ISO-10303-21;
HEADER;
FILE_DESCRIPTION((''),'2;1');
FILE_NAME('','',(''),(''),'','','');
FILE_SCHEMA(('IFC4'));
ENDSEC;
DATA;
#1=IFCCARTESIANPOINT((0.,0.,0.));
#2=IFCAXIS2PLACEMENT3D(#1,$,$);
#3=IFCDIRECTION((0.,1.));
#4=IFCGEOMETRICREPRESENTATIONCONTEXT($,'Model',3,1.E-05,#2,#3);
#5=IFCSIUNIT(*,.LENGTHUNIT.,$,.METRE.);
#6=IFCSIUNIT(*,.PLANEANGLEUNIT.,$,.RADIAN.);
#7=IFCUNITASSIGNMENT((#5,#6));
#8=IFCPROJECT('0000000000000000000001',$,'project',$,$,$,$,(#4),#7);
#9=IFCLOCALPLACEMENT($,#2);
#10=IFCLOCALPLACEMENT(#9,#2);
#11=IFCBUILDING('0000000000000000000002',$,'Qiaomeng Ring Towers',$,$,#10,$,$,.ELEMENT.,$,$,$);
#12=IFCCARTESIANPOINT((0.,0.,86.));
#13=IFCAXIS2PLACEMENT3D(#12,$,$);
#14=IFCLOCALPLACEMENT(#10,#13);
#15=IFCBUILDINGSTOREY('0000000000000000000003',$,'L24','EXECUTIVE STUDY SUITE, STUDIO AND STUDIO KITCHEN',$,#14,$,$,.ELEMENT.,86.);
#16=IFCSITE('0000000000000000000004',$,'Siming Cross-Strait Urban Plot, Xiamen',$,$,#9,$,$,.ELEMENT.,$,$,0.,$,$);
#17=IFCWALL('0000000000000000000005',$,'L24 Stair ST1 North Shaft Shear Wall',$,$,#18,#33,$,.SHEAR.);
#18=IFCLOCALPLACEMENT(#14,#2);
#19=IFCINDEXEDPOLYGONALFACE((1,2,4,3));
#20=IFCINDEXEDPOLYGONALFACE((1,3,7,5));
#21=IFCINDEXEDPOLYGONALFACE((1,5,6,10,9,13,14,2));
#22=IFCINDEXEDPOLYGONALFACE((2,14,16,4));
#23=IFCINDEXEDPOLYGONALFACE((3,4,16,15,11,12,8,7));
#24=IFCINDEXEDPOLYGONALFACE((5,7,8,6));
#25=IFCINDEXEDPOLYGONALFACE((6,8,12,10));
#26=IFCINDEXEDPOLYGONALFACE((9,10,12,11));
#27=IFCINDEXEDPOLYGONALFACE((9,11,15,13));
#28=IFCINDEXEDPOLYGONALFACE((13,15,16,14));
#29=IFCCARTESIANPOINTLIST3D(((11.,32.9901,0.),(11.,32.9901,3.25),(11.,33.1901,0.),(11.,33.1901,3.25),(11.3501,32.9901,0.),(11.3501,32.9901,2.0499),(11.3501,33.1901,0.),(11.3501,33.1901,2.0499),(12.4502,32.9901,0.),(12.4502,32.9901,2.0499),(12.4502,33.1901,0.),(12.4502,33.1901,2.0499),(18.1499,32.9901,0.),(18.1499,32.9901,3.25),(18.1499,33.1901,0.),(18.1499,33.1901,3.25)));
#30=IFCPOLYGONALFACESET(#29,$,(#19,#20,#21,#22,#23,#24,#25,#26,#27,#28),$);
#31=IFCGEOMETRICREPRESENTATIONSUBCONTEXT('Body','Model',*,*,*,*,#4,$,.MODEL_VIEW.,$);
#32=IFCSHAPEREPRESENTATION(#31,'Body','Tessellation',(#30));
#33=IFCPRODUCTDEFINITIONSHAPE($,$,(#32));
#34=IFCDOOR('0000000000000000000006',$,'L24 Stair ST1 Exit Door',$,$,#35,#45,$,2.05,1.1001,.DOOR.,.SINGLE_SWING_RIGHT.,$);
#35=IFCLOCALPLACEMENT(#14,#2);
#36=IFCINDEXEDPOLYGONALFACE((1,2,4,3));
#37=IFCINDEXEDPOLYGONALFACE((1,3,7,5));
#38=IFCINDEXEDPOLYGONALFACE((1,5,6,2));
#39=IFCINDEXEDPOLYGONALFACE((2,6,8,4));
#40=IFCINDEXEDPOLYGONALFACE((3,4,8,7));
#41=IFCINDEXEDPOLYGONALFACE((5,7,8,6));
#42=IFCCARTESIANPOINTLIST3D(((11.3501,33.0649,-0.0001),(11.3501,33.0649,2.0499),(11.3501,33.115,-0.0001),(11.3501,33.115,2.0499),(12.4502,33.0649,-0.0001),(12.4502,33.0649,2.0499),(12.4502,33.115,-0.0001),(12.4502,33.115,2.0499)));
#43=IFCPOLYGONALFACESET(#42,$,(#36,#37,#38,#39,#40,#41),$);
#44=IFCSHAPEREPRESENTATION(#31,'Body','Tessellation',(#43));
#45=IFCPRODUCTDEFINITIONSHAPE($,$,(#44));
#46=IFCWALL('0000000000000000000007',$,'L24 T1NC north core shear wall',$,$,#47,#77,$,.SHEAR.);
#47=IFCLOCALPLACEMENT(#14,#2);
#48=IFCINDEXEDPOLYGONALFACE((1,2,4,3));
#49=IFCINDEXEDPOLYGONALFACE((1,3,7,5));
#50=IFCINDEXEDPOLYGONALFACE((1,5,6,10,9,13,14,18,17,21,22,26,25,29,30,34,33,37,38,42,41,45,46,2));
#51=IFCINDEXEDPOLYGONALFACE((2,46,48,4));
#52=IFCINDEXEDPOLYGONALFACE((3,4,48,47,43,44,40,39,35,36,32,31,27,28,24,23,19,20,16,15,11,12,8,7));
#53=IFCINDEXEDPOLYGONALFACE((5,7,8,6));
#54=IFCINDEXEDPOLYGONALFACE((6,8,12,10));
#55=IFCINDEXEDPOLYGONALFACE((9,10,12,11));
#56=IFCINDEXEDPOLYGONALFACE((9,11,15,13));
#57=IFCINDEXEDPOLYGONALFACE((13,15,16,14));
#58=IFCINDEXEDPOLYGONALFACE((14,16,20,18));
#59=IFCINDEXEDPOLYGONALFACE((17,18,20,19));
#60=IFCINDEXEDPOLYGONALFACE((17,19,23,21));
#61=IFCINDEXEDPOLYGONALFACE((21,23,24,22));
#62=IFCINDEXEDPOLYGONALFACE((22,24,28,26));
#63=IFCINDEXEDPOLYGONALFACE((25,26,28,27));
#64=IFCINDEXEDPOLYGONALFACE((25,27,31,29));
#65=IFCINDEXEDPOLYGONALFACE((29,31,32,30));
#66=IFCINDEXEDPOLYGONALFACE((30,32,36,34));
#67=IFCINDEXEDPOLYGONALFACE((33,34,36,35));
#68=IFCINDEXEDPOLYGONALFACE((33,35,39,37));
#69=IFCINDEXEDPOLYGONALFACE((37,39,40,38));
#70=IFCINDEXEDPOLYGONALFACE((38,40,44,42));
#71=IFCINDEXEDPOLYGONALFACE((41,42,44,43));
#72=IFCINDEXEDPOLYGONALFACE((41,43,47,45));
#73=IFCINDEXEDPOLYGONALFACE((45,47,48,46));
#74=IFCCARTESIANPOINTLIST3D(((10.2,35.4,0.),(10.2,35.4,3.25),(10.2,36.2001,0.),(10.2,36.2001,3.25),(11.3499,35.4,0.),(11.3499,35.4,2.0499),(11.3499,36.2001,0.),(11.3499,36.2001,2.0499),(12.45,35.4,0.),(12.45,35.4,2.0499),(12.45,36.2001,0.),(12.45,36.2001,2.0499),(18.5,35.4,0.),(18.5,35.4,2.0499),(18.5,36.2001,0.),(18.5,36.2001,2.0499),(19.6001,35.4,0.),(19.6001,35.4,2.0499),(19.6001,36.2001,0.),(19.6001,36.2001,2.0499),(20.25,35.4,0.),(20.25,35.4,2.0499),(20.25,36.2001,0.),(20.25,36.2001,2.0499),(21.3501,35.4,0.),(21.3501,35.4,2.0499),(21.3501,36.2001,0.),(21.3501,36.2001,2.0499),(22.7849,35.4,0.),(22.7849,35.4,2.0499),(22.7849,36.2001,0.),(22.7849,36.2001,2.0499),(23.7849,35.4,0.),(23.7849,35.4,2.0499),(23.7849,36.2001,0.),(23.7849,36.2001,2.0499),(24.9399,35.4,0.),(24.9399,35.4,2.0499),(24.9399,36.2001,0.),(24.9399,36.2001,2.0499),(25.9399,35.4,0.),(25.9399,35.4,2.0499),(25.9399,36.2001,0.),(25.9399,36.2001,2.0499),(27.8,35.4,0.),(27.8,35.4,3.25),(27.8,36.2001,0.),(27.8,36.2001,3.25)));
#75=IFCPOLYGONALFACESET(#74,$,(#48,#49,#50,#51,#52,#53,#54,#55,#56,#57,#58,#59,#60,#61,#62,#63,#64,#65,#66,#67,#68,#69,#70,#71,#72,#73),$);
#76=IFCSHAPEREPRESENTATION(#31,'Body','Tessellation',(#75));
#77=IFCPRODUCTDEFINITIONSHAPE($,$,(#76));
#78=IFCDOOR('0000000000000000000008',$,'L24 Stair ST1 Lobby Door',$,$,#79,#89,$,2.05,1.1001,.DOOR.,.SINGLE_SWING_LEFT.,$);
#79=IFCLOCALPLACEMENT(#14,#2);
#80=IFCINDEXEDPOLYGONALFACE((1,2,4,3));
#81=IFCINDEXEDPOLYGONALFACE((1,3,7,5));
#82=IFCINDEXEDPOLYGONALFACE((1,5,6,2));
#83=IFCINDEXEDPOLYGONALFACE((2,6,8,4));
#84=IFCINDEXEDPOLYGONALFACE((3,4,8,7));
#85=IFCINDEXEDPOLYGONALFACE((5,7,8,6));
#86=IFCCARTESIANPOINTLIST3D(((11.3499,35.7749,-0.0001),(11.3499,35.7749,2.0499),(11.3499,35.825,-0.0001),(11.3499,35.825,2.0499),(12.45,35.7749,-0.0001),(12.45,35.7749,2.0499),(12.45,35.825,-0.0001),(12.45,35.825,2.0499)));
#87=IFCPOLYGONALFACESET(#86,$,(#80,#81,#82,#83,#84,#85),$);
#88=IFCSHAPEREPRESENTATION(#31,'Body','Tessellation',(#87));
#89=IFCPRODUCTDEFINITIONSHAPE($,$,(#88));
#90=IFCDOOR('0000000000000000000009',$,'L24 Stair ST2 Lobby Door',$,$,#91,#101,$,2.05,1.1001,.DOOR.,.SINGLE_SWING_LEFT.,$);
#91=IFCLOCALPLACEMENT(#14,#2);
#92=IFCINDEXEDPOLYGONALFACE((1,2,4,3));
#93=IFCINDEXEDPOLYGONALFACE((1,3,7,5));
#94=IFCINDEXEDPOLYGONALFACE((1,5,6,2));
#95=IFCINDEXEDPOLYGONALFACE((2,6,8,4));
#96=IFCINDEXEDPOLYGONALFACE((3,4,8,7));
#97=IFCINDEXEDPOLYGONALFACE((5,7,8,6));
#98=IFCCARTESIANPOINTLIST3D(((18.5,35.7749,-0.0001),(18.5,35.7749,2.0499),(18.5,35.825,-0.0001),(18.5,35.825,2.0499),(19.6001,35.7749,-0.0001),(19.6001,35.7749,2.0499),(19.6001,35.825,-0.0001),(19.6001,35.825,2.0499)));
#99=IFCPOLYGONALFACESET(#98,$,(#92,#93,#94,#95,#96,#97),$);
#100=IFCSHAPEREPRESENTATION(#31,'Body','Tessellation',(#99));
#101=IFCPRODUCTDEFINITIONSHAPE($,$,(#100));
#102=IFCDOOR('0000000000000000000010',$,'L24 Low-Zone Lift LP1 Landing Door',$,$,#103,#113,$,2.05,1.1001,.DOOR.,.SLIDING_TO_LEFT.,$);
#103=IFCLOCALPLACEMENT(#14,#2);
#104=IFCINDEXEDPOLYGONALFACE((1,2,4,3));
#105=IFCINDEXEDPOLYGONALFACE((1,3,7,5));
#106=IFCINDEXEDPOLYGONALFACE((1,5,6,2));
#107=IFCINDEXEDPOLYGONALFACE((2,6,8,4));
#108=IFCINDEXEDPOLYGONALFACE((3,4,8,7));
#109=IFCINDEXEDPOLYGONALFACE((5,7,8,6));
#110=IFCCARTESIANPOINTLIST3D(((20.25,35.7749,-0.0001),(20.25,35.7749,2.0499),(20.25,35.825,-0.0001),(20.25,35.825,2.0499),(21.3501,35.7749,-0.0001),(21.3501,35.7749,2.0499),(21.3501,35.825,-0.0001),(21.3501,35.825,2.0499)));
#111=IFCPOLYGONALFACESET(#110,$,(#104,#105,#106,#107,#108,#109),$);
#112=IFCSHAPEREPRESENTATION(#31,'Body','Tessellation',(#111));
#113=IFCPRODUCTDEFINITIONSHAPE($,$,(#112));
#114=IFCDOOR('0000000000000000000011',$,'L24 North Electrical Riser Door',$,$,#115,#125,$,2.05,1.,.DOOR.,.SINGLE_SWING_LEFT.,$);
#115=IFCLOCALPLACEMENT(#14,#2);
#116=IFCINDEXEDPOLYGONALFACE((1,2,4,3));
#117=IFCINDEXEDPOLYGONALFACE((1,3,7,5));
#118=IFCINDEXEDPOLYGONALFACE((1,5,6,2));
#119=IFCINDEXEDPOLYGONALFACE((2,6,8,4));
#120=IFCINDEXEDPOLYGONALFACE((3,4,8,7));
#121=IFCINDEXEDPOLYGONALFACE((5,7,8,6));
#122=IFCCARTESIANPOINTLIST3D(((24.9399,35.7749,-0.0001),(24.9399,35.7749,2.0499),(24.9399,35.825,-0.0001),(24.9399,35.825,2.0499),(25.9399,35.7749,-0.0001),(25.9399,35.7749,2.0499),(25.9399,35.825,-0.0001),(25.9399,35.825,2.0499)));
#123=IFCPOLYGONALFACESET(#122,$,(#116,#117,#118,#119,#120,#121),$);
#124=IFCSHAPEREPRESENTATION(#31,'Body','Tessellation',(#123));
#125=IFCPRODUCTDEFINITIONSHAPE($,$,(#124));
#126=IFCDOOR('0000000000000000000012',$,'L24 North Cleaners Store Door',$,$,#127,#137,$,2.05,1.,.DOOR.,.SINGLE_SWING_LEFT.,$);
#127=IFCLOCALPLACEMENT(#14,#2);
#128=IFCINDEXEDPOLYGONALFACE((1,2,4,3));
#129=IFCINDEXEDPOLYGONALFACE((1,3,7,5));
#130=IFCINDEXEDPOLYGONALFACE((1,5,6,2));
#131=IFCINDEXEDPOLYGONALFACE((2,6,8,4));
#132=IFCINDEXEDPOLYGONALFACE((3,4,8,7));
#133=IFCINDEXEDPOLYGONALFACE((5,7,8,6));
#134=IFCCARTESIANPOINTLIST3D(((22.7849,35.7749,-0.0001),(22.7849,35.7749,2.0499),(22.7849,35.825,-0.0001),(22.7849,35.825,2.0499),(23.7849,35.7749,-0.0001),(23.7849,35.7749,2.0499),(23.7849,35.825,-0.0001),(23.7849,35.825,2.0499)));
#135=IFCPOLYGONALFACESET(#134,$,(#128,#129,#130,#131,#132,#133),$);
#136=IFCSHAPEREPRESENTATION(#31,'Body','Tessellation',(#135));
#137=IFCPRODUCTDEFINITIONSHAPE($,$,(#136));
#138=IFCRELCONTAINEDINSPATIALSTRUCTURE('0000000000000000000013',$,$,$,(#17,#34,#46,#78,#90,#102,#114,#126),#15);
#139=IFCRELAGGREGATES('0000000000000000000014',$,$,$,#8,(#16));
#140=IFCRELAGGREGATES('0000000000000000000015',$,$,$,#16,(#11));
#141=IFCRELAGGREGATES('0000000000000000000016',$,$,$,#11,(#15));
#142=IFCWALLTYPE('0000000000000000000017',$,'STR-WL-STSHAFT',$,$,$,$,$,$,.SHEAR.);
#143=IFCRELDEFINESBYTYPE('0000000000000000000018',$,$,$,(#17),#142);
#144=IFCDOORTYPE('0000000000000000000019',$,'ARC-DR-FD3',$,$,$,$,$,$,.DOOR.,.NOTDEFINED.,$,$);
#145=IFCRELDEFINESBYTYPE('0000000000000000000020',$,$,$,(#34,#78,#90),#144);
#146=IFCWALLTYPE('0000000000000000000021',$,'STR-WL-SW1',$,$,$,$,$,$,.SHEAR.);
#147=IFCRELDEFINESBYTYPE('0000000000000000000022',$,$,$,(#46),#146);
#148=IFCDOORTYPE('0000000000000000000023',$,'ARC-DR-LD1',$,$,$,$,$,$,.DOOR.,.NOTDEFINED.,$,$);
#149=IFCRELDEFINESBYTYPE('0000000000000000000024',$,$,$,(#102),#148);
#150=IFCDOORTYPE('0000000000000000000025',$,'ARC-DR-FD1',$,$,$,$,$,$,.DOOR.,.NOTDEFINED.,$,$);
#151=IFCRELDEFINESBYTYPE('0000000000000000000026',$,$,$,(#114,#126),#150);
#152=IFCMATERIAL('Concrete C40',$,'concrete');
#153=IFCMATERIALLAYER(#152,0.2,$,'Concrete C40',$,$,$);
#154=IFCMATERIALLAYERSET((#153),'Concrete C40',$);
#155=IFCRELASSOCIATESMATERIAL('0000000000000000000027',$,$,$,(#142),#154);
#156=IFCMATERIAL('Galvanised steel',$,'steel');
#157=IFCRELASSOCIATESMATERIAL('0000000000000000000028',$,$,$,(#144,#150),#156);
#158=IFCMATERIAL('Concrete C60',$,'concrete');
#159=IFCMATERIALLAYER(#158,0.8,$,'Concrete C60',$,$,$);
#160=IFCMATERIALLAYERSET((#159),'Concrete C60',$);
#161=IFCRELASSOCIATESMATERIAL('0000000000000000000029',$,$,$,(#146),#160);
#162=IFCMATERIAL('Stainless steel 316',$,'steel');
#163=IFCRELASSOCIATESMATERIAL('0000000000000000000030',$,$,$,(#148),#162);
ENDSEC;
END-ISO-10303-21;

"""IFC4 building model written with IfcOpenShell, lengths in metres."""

from ifc_helpers import new_model, si_unit, direction, frame, frame_2d, origin, place, context, subcontext, project, spatial, rectangle, extrude, source, transform, mapped, material, layer, layer_set, type_object, element, fill, save


model = new_model("IFC4")

# Units and contexts
model_context = context("Model", 3, precision=1e-05, world=origin(), true_north=direction((0.0, 1.0)))
body_context = subcontext(model_context, "Body", "Model", "MODEL_VIEW")
ifc_project = project(units=[si_unit("LENGTHUNIT", "METRE"), si_unit("PLANEANGLEUNIT", "RADIAN")], contexts=[model_context])

# Site, building, storey
site_placement = place(None, origin())
site = spatial("IfcSite", under=ifc_project, at=site_placement, Name="Siming Cross-Strait Urban Plot, Xiamen", CompositionType="ELEMENT", RefElevation=0.0)
building_placement = place(site_placement, origin())
building = spatial("IfcBuilding", under=site, at=building_placement, Name="Qiaomeng Ring Towers", CompositionType="ELEMENT")
storey_placement = place(building_placement, frame((0.0, 0.0, 86.0)))
storey = spatial("IfcBuildingStorey", under=building, at=storey_placement, Name="L24", Description="EXECUTIVE STUDY SUITE, STUDIO AND STUDIO KITCHEN", CompositionType="ELEMENT", Elevation=86.0)

# Shared definitions
ifc_material_1 = material(Name="Concrete C60", Category="concrete")

# Shared definitions
shared_shape_1 = source(origin(), body_context, "Body", "SweptSolid", [
    extrude(rectangle(XDim=1.0, YDim=2.05, at=frame_2d((0.5, 1.0249))), frame((0.0, 0.0249, 0.0), z_axis=(0.0, -1.0, 0.0), x_axis=(1.0, 0.0, 0.0)), (0.0, 0.0, 1.0), 0.05),
])

# Shared definitions
ifc_material_2 = material(Name="Concrete C40", Category="concrete")
ifc_layer_1 = layer(ifc_material_2, 0.2, Name="Concrete C40")
ifc_layer_set_1 = layer_set([ifc_layer_1], Name="Concrete C40")
wall_type_1 = type_object("IfcWallType", Name="STR-WL-STSHAFT", PredefinedType="SHEAR", material=ifc_layer_set_1)

# Wall, opening, door
wall_1_placement = place(storey_placement, frame((11.0, 33.0901, 0.0), z_axis=(0.0, 0.0, 1.0), x_axis=(1.0, 0.0, 0.0)))
wall_1 = element("IfcWall", 1, at=wall_1_placement, inside=storey, type_object=wall_type_1, Name="L24 Stair ST1 North Shaft Shear Wall", PredefinedType="SHEAR", context=body_context, shape_type="SweptSolid", body=[
    extrude(rectangle(XDim=7.1499, YDim=0.2, at=frame_2d((3.575, 0.0))), origin(), (0.0, 0.0, 1.0), 3.25),
])
opening_1_placement = place(wall_1_placement, frame((0.3501, 0.0, 0.0)))
opening_1 = element("IfcOpeningElement", 2, at=opening_1_placement, cuts=wall_1, PredefinedType="OPENING", context=body_context, shape_type="SweptSolid", body=[
    extrude(rectangle(XDim=1.1001, YDim=2.05, at=frame_2d((0.55, 1.0249))), frame((0.0, 0.1099, 0.0), z_axis=(0.0, -1.0, 0.0), x_axis=(1.0, 0.0, 0.0)), (0.0, 0.0, 1.0), 0.22),
])
ifc_material_3 = material(Name="Galvanised steel", Category="steel")
door_type_1 = type_object("IfcDoorType", Name="ARC-DR-FD3", OperationType="NOTDEFINED", PredefinedType="DOOR", material=ifc_material_3)
shared_shape_2 = source(origin(), body_context, "Body", "SweptSolid", [
    extrude(rectangle(XDim=1.1001, YDim=2.05, at=frame_2d((0.55, 1.0249))), frame((0.0, 0.0249, 0.0), z_axis=(0.0, -1.0, 0.0), x_axis=(1.0, 0.0, 0.0)), (0.0, 0.0, 1.0), 0.05),
])
door_1_placement = place(opening_1_placement, origin())
door_1 = element("IfcDoor", 3, at=door_1_placement, inside=storey, type_object=door_type_1, Name="L24 Stair ST1 Exit Door", OperationType="SINGLE_SWING_RIGHT", OverallHeight=2.05, OverallWidth=1.1001, PredefinedType="DOOR", context=body_context, shape_type="MappedRepresentation", body=[
    mapped(shared_shape_2, transform((0.0, 0.0, 0.0), x_axis=(1.0, 0.0, 0.0), y_axis=(0.0, 1.0, 0.0), z_axis=(0.0, 0.0, 1.0), scale=1.0)),
])
fill(opening_1, door_1)

# Wall, openings, doors
ifc_layer_2 = layer(ifc_material_1, 0.8, Name="Concrete C60")
ifc_layer_set_2 = layer_set([ifc_layer_2], Name="Concrete C60")
wall_type_2 = type_object("IfcWallType", Name="STR-WL-SW1", PredefinedType="SHEAR", material=ifc_layer_set_2)
wall_2_placement = place(storey_placement, frame((10.2, 35.8, 0.0), z_axis=(0.0, 0.0, 1.0), x_axis=(1.0, 0.0, 0.0)))
wall_2 = element("IfcWall", 4, at=wall_2_placement, inside=storey, type_object=wall_type_2, Name="L24 T1NC north core shear wall", PredefinedType="SHEAR", context=body_context, shape_type="SweptSolid", body=[
    extrude(rectangle(XDim=17.6001, YDim=0.8, at=frame_2d((8.8, 0.0))), origin(), (0.0, 0.0, 1.0), 3.25),
])
opening_2_placement = place(wall_2_placement, frame((1.1499, 0.0, 0.0)))
opening_2 = element("IfcOpeningElement", 5, at=opening_2_placement, cuts=wall_2, PredefinedType="OPENING", context=body_context, shape_type="SweptSolid", body=[
    extrude(rectangle(XDim=1.1001, YDim=2.05, at=frame_2d((0.55, 1.0249))), frame((0.0, 0.4099, 0.0), z_axis=(0.0, -1.0, 0.0), x_axis=(1.0, 0.0, 0.0)), (0.0, 0.0, 1.0), 0.8201),
])
opening_3_placement = place(wall_2_placement, frame((8.3, 0.0, 0.0)))
opening_3 = element("IfcOpeningElement", 6, at=opening_3_placement, cuts=wall_2, PredefinedType="OPENING", context=body_context, shape_type="SweptSolid", body=[
    extrude(rectangle(XDim=1.1001, YDim=2.05, at=frame_2d((0.55, 1.0249))), frame((0.0, 0.4099, 0.0), z_axis=(0.0, -1.0, 0.0), x_axis=(1.0, 0.0, 0.0)), (0.0, 0.0, 1.0), 0.8201),
])
opening_4_placement = place(wall_2_placement, frame((10.05, 0.0, 0.0)))
opening_4 = element("IfcOpeningElement", 7, at=opening_4_placement, cuts=wall_2, PredefinedType="OPENING", context=body_context, shape_type="SweptSolid", body=[
    extrude(rectangle(XDim=1.1001, YDim=2.05, at=frame_2d((0.55, 1.0249))), frame((0.0, 0.4099, 0.0), z_axis=(0.0, -1.0, 0.0), x_axis=(1.0, 0.0, 0.0)), (0.0, 0.0, 1.0), 0.8201),
])
opening_5_placement = place(wall_2_placement, frame((14.74, 0.0, 0.0)))
opening_5 = element("IfcOpeningElement", 8, at=opening_5_placement, cuts=wall_2, PredefinedType="OPENING", context=body_context, shape_type="SweptSolid", body=[
    extrude(rectangle(XDim=1.0, YDim=2.05, at=frame_2d((0.5, 1.0249))), frame((0.0, 0.4099, 0.0), z_axis=(0.0, -1.0, 0.0), x_axis=(1.0, 0.0, 0.0)), (0.0, 0.0, 1.0), 0.8201),
])
opening_6_placement = place(wall_2_placement, frame((12.585, 0.0, 0.0)))
opening_6 = element("IfcOpeningElement", 9, at=opening_6_placement, cuts=wall_2, PredefinedType="OPENING", context=body_context, shape_type="SweptSolid", body=[
    extrude(rectangle(XDim=1.0, YDim=2.05, at=frame_2d((0.5, 1.0249))), frame((0.0, 0.4099, 0.0), z_axis=(0.0, -1.0, 0.0), x_axis=(1.0, 0.0, 0.0)), (0.0, 0.0, 1.0), 0.8201),
])
door_2_placement = place(opening_2_placement, origin())
door_2 = element("IfcDoor", 10, at=door_2_placement, inside=storey, type_object=door_type_1, Name="L24 Stair ST1 Lobby Door", OperationType="SINGLE_SWING_LEFT", OverallHeight=2.05, OverallWidth=1.1001, PredefinedType="DOOR", context=body_context, shape_type="MappedRepresentation", body=[
    mapped(shared_shape_2, transform((0.0, 0.0, 0.0), x_axis=(1.0, 0.0, 0.0), y_axis=(0.0, 1.0, 0.0), z_axis=(0.0, 0.0, 1.0), scale=1.0)),
])
fill(opening_2, door_2)
door_3_placement = place(opening_3_placement, origin())
door_3 = element("IfcDoor", 11, at=door_3_placement, inside=storey, type_object=door_type_1, Name="L24 Stair ST2 Lobby Door", OperationType="SINGLE_SWING_LEFT", OverallHeight=2.05, OverallWidth=1.1001, PredefinedType="DOOR", context=body_context, shape_type="MappedRepresentation", body=[
    mapped(shared_shape_2, transform((0.0, 0.0, 0.0), x_axis=(1.0, 0.0, 0.0), y_axis=(0.0, 1.0, 0.0), z_axis=(0.0, 0.0, 1.0), scale=1.0)),
])
fill(opening_3, door_3)
ifc_material_4 = material(Name="Stainless steel 316", Category="steel")
door_type_2 = type_object("IfcDoorType", Name="ARC-DR-LD1", OperationType="NOTDEFINED", PredefinedType="DOOR", material=ifc_material_4)
door_4_placement = place(opening_4_placement, origin())
door_4 = element("IfcDoor", 12, at=door_4_placement, inside=storey, type_object=door_type_2, Name="L24 Low-Zone Lift LP1 Landing Door", OperationType="SLIDING_TO_LEFT", OverallHeight=2.05, OverallWidth=1.1001, PredefinedType="DOOR", context=body_context, shape_type="MappedRepresentation", body=[
    mapped(shared_shape_2, transform((0.0, 0.0, 0.0), x_axis=(1.0, 0.0, 0.0), y_axis=(0.0, 1.0, 0.0), z_axis=(0.0, 0.0, 1.0), scale=1.0)),
])
fill(opening_4, door_4)
door_type_3 = type_object("IfcDoorType", Name="ARC-DR-FD1", OperationType="NOTDEFINED", PredefinedType="DOOR", material=ifc_material_3)
door_5_placement = place(opening_5_placement, origin())
door_5 = element("IfcDoor", 13, at=door_5_placement, inside=storey, type_object=door_type_3, Name="L24 North Electrical Riser Door", OperationType="SINGLE_SWING_LEFT", OverallHeight=2.05, OverallWidth=1.0, PredefinedType="DOOR", context=body_context, shape_type="MappedRepresentation", body=[
    mapped(shared_shape_1, transform((0.0, 0.0, 0.0), x_axis=(1.0, 0.0, 0.0), y_axis=(0.0, 1.0, 0.0), z_axis=(0.0, 0.0, 1.0), scale=1.0)),
])
fill(opening_5, door_5)
door_6_placement = place(opening_6_placement, origin())
door_6 = element("IfcDoor", 14, at=door_6_placement, inside=storey, type_object=door_type_3, Name="L24 North Cleaners Store Door", OperationType="SINGLE_SWING_LEFT", OverallHeight=2.05, OverallWidth=1.0, PredefinedType="DOOR", context=body_context, shape_type="MappedRepresentation", body=[
    mapped(shared_shape_1, transform((0.0, 0.0, 0.0), x_axis=(1.0, 0.0, 0.0), y_axis=(0.0, 1.0, 0.0), z_axis=(0.0, 0.0, 1.0), scale=1.0)),
])
fill(opening_6, door_6)

save(model, "model.ifc")
